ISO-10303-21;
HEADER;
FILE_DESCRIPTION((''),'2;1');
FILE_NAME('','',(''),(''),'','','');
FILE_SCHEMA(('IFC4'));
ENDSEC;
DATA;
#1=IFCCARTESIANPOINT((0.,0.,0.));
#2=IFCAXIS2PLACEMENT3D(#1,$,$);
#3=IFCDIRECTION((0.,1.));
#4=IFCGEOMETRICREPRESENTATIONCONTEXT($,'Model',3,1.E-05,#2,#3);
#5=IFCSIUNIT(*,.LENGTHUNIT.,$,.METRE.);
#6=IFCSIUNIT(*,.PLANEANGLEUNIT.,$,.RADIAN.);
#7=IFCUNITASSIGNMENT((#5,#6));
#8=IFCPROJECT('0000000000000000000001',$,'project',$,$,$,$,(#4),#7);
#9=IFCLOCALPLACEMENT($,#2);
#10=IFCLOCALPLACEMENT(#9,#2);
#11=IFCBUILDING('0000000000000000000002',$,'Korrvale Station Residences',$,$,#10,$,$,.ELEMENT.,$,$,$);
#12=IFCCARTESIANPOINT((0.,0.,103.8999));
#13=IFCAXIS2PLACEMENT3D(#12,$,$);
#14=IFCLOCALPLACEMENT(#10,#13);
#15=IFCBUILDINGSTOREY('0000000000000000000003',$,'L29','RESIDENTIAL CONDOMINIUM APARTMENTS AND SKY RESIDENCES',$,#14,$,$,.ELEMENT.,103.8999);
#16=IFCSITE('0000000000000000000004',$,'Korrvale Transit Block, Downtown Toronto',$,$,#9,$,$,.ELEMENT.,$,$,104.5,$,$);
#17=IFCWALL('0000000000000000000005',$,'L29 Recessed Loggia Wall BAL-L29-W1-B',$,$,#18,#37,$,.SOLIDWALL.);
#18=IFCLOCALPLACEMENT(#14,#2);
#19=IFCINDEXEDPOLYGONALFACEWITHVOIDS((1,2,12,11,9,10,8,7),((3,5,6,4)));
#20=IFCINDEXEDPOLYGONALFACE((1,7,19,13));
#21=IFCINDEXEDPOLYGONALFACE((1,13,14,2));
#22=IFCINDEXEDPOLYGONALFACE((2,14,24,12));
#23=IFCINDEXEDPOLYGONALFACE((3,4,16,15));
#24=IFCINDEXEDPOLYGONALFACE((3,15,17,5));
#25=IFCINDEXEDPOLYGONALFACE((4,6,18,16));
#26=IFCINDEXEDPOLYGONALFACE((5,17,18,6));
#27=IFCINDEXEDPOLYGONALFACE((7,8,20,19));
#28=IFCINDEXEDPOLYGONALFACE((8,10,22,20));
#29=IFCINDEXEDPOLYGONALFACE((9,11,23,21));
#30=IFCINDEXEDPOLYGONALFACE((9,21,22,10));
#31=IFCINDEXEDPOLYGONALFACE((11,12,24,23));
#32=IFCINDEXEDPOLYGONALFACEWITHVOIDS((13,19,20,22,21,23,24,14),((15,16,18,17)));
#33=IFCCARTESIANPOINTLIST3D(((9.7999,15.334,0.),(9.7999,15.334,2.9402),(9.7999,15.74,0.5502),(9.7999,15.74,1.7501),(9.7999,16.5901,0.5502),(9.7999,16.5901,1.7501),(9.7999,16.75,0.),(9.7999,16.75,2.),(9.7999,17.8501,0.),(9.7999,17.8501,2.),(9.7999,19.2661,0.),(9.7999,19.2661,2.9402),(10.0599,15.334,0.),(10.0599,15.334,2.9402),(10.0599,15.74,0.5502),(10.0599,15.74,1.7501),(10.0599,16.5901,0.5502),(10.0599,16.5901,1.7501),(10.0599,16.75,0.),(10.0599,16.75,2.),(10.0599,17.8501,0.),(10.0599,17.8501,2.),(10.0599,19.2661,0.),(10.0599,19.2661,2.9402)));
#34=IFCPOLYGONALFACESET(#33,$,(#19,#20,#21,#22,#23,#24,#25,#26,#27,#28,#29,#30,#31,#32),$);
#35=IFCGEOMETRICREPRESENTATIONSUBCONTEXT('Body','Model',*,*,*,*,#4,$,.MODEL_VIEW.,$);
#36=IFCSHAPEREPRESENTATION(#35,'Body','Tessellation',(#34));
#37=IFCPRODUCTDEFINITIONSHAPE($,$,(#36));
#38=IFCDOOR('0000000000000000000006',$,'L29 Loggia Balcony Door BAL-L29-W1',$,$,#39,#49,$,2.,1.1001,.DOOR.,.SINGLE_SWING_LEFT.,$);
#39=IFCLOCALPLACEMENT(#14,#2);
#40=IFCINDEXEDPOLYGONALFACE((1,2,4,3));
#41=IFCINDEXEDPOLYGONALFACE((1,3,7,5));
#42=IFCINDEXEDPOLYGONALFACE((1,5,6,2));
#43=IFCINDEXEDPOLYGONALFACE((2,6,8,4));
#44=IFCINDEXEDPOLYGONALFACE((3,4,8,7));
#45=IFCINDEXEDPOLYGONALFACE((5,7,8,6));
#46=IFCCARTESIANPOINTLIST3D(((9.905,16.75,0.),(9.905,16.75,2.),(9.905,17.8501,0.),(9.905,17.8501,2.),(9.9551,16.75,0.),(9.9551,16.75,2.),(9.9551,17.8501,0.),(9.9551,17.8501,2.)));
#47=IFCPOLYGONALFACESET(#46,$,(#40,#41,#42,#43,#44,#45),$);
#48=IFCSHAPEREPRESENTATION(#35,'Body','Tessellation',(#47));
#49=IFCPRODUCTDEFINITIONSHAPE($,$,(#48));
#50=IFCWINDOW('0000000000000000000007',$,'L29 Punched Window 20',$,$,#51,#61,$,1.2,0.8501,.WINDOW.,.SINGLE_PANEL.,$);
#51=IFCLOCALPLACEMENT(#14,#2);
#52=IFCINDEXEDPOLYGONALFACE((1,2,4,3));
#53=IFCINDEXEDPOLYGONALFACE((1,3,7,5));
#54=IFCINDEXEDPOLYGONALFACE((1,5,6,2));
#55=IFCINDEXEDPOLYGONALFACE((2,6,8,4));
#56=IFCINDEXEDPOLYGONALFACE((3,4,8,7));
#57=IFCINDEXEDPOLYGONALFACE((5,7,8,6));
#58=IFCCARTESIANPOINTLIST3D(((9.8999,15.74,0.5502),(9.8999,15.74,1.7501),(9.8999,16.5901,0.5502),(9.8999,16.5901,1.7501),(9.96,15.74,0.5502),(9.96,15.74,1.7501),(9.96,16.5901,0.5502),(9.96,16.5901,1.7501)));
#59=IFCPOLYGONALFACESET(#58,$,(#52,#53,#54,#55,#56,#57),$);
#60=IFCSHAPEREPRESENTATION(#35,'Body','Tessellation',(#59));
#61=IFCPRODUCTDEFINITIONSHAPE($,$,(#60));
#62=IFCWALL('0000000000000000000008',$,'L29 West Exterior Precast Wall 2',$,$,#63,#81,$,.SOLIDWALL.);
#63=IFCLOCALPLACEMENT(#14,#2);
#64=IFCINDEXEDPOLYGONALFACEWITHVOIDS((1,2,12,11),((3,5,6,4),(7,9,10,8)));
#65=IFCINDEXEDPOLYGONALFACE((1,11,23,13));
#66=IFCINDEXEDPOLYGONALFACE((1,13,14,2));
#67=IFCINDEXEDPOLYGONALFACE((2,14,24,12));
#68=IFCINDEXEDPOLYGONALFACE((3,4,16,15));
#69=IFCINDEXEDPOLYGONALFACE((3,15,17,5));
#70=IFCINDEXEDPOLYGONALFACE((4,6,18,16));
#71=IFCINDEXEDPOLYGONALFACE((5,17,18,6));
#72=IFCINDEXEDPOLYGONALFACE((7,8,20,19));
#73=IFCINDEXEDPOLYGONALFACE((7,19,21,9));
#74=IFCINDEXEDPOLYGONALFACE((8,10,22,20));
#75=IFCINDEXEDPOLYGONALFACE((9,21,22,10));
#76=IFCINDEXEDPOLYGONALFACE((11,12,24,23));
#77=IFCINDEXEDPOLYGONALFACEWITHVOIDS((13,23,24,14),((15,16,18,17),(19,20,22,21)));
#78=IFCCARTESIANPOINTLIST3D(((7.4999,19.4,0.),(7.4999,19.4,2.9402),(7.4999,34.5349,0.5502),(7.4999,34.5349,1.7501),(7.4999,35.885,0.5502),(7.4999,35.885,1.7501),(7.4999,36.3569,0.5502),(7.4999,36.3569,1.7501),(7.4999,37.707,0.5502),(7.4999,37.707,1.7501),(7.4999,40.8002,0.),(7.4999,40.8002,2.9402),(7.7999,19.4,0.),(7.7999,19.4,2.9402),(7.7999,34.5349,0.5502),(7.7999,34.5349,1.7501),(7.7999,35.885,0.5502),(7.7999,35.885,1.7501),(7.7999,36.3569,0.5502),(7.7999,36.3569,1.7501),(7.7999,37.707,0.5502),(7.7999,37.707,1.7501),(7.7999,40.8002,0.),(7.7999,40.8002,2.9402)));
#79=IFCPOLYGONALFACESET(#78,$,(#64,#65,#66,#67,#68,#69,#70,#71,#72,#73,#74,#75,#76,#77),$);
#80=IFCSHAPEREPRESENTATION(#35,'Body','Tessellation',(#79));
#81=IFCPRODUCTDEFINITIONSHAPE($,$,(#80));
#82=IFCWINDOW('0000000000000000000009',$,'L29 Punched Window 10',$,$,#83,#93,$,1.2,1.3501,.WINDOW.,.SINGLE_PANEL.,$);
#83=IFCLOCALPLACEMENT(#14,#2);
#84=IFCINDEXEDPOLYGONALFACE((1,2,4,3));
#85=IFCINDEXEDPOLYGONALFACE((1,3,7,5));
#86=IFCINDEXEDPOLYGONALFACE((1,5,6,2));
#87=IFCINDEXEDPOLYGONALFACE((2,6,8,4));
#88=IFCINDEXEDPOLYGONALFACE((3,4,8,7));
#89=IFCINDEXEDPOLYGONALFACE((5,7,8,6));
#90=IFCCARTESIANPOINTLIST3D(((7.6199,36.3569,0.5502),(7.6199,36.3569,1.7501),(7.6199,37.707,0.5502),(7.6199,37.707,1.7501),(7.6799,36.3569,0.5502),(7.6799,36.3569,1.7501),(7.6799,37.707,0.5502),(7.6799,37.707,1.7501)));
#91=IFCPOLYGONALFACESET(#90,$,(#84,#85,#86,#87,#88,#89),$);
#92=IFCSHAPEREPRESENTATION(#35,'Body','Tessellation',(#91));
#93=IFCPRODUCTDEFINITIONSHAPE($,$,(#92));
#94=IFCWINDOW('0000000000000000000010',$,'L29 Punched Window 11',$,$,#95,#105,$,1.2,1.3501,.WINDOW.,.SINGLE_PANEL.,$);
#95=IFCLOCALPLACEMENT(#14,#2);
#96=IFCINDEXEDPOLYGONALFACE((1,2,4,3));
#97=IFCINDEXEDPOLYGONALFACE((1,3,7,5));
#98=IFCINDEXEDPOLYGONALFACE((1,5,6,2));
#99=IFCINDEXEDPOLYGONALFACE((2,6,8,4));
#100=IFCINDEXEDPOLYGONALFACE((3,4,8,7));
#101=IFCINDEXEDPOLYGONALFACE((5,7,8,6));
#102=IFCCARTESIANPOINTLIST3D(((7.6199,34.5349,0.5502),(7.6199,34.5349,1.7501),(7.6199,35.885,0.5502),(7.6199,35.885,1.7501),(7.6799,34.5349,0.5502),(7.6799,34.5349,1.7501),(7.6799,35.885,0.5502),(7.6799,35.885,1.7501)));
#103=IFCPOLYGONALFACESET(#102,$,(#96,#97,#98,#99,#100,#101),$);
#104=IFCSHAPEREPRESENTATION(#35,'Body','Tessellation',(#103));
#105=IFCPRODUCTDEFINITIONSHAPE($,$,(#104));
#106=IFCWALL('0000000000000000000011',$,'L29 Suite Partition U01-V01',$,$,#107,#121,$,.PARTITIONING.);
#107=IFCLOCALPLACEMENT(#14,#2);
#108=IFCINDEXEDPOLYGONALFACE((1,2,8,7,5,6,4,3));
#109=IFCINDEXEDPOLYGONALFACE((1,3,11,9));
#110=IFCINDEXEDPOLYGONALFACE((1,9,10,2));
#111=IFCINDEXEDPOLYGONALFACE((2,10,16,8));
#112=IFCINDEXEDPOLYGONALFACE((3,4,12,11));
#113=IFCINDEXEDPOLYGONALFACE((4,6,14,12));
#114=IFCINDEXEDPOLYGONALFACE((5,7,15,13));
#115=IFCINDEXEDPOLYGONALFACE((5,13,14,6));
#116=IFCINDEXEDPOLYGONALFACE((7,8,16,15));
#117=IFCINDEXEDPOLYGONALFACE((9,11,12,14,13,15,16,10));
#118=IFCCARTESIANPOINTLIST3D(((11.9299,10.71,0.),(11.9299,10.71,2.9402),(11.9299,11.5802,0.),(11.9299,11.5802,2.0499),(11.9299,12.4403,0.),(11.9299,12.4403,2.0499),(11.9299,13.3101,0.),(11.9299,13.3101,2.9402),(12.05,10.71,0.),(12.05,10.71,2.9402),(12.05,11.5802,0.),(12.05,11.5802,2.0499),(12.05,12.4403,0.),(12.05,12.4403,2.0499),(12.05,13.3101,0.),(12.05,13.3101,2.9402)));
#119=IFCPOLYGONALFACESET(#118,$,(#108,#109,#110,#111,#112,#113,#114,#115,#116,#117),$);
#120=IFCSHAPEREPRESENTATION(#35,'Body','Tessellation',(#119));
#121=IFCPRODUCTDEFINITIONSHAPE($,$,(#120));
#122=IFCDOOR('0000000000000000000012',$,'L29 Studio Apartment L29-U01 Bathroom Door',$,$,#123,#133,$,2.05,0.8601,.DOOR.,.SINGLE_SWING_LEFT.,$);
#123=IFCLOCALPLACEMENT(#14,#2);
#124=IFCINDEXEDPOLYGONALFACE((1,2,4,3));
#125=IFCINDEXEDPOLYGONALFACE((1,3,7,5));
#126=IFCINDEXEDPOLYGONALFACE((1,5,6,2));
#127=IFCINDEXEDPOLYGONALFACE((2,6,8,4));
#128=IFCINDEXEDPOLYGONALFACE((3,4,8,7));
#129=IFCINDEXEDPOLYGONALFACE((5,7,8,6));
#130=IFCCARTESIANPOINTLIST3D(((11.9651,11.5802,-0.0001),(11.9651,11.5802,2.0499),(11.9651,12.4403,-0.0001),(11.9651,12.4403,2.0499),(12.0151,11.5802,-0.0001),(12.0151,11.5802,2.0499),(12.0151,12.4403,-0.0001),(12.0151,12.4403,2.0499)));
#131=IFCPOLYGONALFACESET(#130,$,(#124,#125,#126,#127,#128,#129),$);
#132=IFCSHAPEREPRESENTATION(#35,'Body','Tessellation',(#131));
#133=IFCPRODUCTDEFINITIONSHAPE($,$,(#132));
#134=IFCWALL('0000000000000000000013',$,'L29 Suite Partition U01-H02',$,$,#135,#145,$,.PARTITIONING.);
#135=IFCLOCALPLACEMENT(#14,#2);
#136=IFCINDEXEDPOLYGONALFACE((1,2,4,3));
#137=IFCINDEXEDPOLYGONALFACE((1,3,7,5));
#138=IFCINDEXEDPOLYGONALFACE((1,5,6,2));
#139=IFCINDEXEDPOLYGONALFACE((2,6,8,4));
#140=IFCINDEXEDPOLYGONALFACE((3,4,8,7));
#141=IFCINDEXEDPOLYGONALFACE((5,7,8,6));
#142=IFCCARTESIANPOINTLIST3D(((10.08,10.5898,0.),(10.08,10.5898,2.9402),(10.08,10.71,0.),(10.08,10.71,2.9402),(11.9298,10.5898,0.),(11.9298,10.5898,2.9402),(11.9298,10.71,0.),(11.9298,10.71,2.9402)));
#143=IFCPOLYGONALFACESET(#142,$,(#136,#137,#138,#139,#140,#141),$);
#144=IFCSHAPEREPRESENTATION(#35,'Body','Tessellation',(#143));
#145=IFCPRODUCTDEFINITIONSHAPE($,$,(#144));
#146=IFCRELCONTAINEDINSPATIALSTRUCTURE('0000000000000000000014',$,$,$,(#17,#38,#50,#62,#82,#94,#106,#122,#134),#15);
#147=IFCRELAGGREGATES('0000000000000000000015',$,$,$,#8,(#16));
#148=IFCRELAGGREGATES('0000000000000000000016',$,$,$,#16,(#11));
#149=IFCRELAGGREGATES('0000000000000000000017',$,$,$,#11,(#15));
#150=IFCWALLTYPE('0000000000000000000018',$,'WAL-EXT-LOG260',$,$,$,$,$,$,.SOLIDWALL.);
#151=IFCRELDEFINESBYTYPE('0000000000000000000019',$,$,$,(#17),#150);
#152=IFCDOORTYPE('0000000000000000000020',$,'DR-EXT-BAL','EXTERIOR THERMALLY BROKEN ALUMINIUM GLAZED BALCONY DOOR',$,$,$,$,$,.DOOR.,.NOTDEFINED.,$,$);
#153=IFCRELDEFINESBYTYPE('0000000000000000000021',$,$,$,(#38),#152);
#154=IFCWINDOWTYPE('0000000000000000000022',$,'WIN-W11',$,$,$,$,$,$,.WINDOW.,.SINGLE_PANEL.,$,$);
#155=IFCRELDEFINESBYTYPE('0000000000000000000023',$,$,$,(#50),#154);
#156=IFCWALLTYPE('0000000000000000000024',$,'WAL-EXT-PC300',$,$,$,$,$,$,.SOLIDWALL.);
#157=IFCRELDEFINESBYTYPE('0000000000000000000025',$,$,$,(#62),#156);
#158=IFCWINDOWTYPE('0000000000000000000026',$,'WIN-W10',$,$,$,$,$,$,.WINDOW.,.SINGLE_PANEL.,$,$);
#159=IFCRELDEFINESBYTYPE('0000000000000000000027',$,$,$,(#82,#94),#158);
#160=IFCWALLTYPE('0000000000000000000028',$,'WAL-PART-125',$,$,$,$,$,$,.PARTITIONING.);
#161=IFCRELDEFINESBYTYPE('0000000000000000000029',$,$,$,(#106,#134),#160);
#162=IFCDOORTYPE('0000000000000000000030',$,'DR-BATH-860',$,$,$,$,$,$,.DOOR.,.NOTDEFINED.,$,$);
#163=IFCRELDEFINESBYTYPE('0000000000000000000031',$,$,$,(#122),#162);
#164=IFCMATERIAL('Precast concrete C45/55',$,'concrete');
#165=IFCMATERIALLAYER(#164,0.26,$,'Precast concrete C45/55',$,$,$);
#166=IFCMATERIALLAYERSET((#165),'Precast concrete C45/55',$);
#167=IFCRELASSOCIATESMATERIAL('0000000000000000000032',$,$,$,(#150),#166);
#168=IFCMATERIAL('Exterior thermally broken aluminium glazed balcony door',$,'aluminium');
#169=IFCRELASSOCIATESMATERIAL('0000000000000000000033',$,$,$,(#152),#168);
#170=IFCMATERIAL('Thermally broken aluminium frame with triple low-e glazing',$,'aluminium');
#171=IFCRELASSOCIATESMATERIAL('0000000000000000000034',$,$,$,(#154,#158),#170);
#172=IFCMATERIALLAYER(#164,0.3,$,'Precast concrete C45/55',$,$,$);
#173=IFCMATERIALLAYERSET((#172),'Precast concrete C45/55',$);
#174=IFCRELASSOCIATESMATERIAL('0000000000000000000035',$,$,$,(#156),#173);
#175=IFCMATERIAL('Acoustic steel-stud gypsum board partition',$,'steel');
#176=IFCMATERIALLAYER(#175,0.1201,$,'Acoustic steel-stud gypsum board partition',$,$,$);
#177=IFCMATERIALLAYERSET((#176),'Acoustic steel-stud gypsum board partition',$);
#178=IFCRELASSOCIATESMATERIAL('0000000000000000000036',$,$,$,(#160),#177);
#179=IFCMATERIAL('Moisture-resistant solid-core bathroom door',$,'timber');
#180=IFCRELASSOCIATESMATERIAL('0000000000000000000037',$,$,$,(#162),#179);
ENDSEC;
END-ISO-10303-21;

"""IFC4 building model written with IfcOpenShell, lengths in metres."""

from ifc_helpers import new_model, si_unit, direction, frame, frame_2d, origin, place, context, subcontext, project, spatial, rectangle, extrude, material, layer, layer_set, type_object, element, fill, save


model = new_model("IFC4")

# Units and contexts
model_context = context("Model", 3, precision=1e-05, world=origin(), true_north=direction((0.0, 1.0)))
body_context = subcontext(model_context, "Body", "Model", "MODEL_VIEW")
ifc_project = project(units=[si_unit("LENGTHUNIT", "METRE"), si_unit("PLANEANGLEUNIT", "RADIAN")], contexts=[model_context])

# Site, building, storey
site_placement = place(None, origin())
site = spatial("IfcSite", under=ifc_project, at=site_placement, Name="Korrvale Transit Block, Downtown Toronto", CompositionType="ELEMENT", RefElevation=104.5)
building_placement = place(site_placement, origin())
building = spatial("IfcBuilding", under=site, at=building_placement, Name="Korrvale Station Residences", CompositionType="ELEMENT")
storey_placement = place(building_placement, frame((0.0, 0.0, 103.8999)))
storey = spatial("IfcBuildingStorey", under=building, at=storey_placement, Name="L29", Description="RESIDENTIAL CONDOMINIUM APARTMENTS AND SKY RESIDENCES", CompositionType="ELEMENT", Elevation=103.8999)

# Shared definitions
ifc_material_1 = material(Name="Precast concrete C45/55", Category="concrete")
ifc_layer_1 = layer(ifc_material_1, 0.26, Name="Precast concrete C45/55")
ifc_layer_set_1 = layer_set([ifc_layer_1], Name="Precast concrete C45/55")
wall_type_1 = type_object("IfcWallType", Name="WAL-EXT-LOG260", PredefinedType="SOLIDWALL", material=ifc_layer_set_1)

# Wall, openings, door, window
wall_1_placement = place(storey_placement, frame((9.9299, 15.334, 0.0), z_axis=(0.0, 0.0, 1.0), x_axis=(0.0, 1.0, 0.0)))
wall_1 = element("IfcWall", 1, at=wall_1_placement, inside=storey, type_object=wall_type_1, Name="L29 Recessed Loggia Wall BAL-L29-W1-B", PredefinedType="SOLIDWALL", context=body_context, shape_type="SweptSolid", body=[
    extrude(rectangle(XDim=3.9321, YDim=0.26, at=frame_2d((1.9661, 0.0))), origin(), (0.0, 0.0, 1.0), 2.9402),
])
opening_1_placement = place(wall_1_placement, frame((1.416, 0.0, 0.0)))
opening_1 = element("IfcOpeningElement", 2, at=opening_1_placement, cuts=wall_1, PredefinedType="OPENING", context=body_context, shape_type="SweptSolid", body=[
    extrude(rectangle(XDim=1.1001, YDim=2.0, at=frame_2d((0.55, 1.0))), frame((0.0, 0.1401, 0.0), z_axis=(0.0, -1.0, 0.0), x_axis=(1.0, 0.0, 0.0)), (0.0, 0.0, 1.0), 0.28),
])
opening_2_placement = place(wall_1_placement, frame((0.406, 0.0, 0.55)))
opening_2 = element("IfcOpeningElement", 3, at=opening_2_placement, cuts=wall_1, PredefinedType="OPENING", context=body_context, shape_type="SweptSolid", body=[
    extrude(rectangle(XDim=0.8501, YDim=1.2, at=frame_2d((0.425, 0.6001))), frame((0.0, 0.1401, 0.0), z_axis=(0.0, -1.0, 0.0), x_axis=(1.0, 0.0, 0.0)), (0.0, 0.0, 1.0), 0.28),
])
ifc_material_2 = material(Name="Exterior thermally broken aluminium glazed balcony door", Category="aluminium")
door_type_1 = type_object("IfcDoorType", Name="DR-EXT-BAL", Description="EXTERIOR THERMALLY BROKEN ALUMINIUM GLAZED BALCONY DOOR", OperationType="NOTDEFINED", PredefinedType="DOOR", material=ifc_material_2)
door_1_placement = place(opening_1_placement, origin())
door_1 = element("IfcDoor", 4, at=door_1_placement, inside=storey, type_object=door_type_1, Name="L29 Loggia Balcony Door BAL-L29-W1", OperationType="SINGLE_SWING_LEFT", OverallHeight=2.0, OverallWidth=1.1001, PredefinedType="DOOR", context=body_context, shape_type="SweptSolid", body=[
    extrude(rectangle(XDim=1.1001, YDim=2.0, at=frame_2d((0.55, 1.0))), frame((0.0, 0.0249, 0.0), z_axis=(0.0, -1.0, 0.0), x_axis=(1.0, 0.0, 0.0)), (0.0, 0.0, 1.0), 0.05),
])
fill(opening_1, door_1)
ifc_material_3 = material(Name="Thermally broken aluminium frame with triple low-e glazing", Category="aluminium")
window_type_1 = type_object("IfcWindowType", Name="WIN-W11", PartitioningType="SINGLE_PANEL", PredefinedType="WINDOW", material=ifc_material_3)
window_1_placement = place(opening_2_placement, origin())
window_1 = element("IfcWindow", 5, at=window_1_placement, inside=storey, type_object=window_type_1, Name="L29 Punched Window 20", OverallHeight=1.2, OverallWidth=0.8501, PartitioningType="SINGLE_PANEL", PredefinedType="WINDOW", context=body_context, shape_type="SweptSolid", body=[
    extrude(rectangle(XDim=0.8501, YDim=1.2, at=frame_2d((0.425, 0.6001))), frame((0.0, 0.03, 0.0), z_axis=(0.0, -1.0, 0.0), x_axis=(1.0, 0.0, 0.0)), (0.0, 0.0, 1.0), 0.0601),
])
fill(opening_2, window_1)

# Wall, openings, windows
ifc_layer_2 = layer(ifc_material_1, 0.3, Name="Precast concrete C45/55")
ifc_layer_set_2 = layer_set([ifc_layer_2], Name="Precast concrete C45/55")
wall_type_2 = type_object("IfcWallType", Name="WAL-EXT-PC300", PredefinedType="SOLIDWALL", material=ifc_layer_set_2)
wall_2_placement = place(storey_placement, frame((7.6499, 19.3999, 0.0), z_axis=(0.0, 0.0, 1.0), x_axis=(0.0, 1.0, 0.0)))
wall_2 = element("IfcWall", 6, at=wall_2_placement, inside=storey, type_object=wall_type_2, Name="L29 West Exterior Precast Wall 2", PredefinedType="SOLIDWALL", context=body_context, shape_type="SweptSolid", body=[
    extrude(rectangle(XDim=21.4001, YDim=0.3, at=frame_2d((10.7002, 0.0))), origin(), (0.0, 0.0, 1.0), 2.9402),
])
opening_3_placement = place(wall_2_placement, frame((16.957, 0.0, 0.55)))
opening_3 = element("IfcOpeningElement", 7, at=opening_3_placement, cuts=wall_2, PredefinedType="OPENING", context=body_context, shape_type="SweptSolid", body=[
    extrude(rectangle(XDim=1.3501, YDim=1.2, at=frame_2d((0.675, 0.6001))), frame((0.0, 0.1602, 0.0), z_axis=(0.0, -1.0, 0.0), x_axis=(1.0, 0.0, 0.0)), (0.0, 0.0, 1.0), 0.3201),
])
opening_4_placement = place(wall_2_placement, frame((15.135, 0.0, 0.55)))
opening_4 = element("IfcOpeningElement", 8, at=opening_4_placement, cuts=wall_2, PredefinedType="OPENING", context=body_context, shape_type="SweptSolid", body=[
    extrude(rectangle(XDim=1.3501, YDim=1.2, at=frame_2d((0.675, 0.6001))), frame((0.0, 0.1602, 0.0), z_axis=(0.0, -1.0, 0.0), x_axis=(1.0, 0.0, 0.0)), (0.0, 0.0, 1.0), 0.3201),
])
window_type_2 = type_object("IfcWindowType", Name="WIN-W10", PartitioningType="SINGLE_PANEL", PredefinedType="WINDOW", material=ifc_material_3)
window_2_placement = place(opening_3_placement, origin())
window_2 = element("IfcWindow", 9, at=window_2_placement, inside=storey, type_object=window_type_2, Name="L29 Punched Window 10", OverallHeight=1.2, OverallWidth=1.3501, PartitioningType="SINGLE_PANEL", PredefinedType="WINDOW", context=body_context, shape_type="SweptSolid", body=[
    extrude(rectangle(XDim=1.3501, YDim=1.2, at=frame_2d((0.675, 0.6001))), frame((0.0, 0.03, 0.0), z_axis=(0.0, -1.0, 0.0), x_axis=(1.0, 0.0, 0.0)), (0.0, 0.0, 1.0), 0.0601),
])
fill(opening_3, window_2)
window_3_placement = place(opening_4_placement, origin())
window_3 = element("IfcWindow", 10, at=window_3_placement, inside=storey, type_object=window_type_2, Name="L29 Punched Window 11", OverallHeight=1.2, OverallWidth=1.3501, PartitioningType="SINGLE_PANEL", PredefinedType="WINDOW", context=body_context, shape_type="SweptSolid", body=[
    extrude(rectangle(XDim=1.3501, YDim=1.2, at=frame_2d((0.675, 0.6001))), frame((0.0, 0.03, 0.0), z_axis=(0.0, -1.0, 0.0), x_axis=(1.0, 0.0, 0.0)), (0.0, 0.0, 1.0), 0.0601),
])
fill(opening_4, window_3)

# Wall, opening, door
ifc_material_4 = material(Name="Acoustic steel-stud gypsum board partition", Category="steel")
ifc_layer_3 = layer(ifc_material_4, 0.1201, Name="Acoustic steel-stud gypsum board partition")
ifc_layer_set_3 = layer_set([ifc_layer_3], Name="Acoustic steel-stud gypsum board partition")
wall_type_3 = type_object("IfcWallType", Name="WAL-PART-125", PredefinedType="PARTITIONING", material=ifc_layer_set_3)
wall_3_placement = place(storey_placement, frame((11.99, 10.71, 0.0), z_axis=(0.0, 0.0, 1.0), x_axis=(0.0, 1.0, 0.0)))
wall_3 = element("IfcWall", 11, at=wall_3_placement, inside=storey, type_object=wall_type_3, Name="L29 Suite Partition U01-V01", PredefinedType="PARTITIONING", context=body_context, shape_type="SweptSolid", body=[
    extrude(rectangle(XDim=2.6001, YDim=0.1201, at=frame_2d((1.3, 0.0))), origin(), (0.0, 0.0, 1.0), 2.9402),
])
opening_5_placement = place(wall_3_placement, frame((0.8701, 0.0, 0.0)))
opening_5 = element("IfcOpeningElement", 12, at=opening_5_placement, cuts=wall_3, PredefinedType="OPENING", context=body_context, shape_type="SweptSolid", body=[
    extrude(rectangle(XDim=0.8601, YDim=2.05, at=frame_2d((0.4302, 1.0249))), frame((0.0, 0.0701, 0.0), z_axis=(0.0, -1.0, 0.0), x_axis=(1.0, 0.0, 0.0)), (0.0, 0.0, 1.0), 0.1401),
])
ifc_material_5 = material(Name="Moisture-resistant solid-core bathroom door", Category="timber")
door_type_2 = type_object("IfcDoorType", Name="DR-BATH-860", OperationType="NOTDEFINED", PredefinedType="DOOR", material=ifc_material_5)
door_2_placement = place(opening_5_placement, origin())
door_2 = element("IfcDoor", 13, at=door_2_placement, inside=storey, type_object=door_type_2, Name="L29 Studio Apartment L29-U01 Bathroom Door", OperationType="SINGLE_SWING_LEFT", OverallHeight=2.05, OverallWidth=0.8601, PredefinedType="DOOR", context=body_context, shape_type="SweptSolid", body=[
    extrude(rectangle(XDim=0.8601, YDim=2.05, at=frame_2d((0.4302, 1.0249))), frame((0.0, 0.0249, 0.0), z_axis=(0.0, -1.0, 0.0), x_axis=(1.0, 0.0, 0.0)), (0.0, 0.0, 1.0), 0.05),
])
fill(opening_5, door_2)

# Wall
wall_4_placement = place(storey_placement, frame((10.0801, 10.6499, 0.0), z_axis=(0.0, 0.0, 1.0), x_axis=(1.0, 0.0, 0.0)))
element("IfcWall", 14, at=wall_4_placement, inside=storey, type_object=wall_type_3, Name="L29 Suite Partition U01-H02", PredefinedType="PARTITIONING", context=body_context, shape_type="SweptSolid", body=[
    extrude(rectangle(XDim=1.8499, YDim=0.1201, at=frame_2d((0.9248, 0.0))), origin(), (0.0, 0.0, 1.0), 2.9402),
])

save(model, "model.ifc")
